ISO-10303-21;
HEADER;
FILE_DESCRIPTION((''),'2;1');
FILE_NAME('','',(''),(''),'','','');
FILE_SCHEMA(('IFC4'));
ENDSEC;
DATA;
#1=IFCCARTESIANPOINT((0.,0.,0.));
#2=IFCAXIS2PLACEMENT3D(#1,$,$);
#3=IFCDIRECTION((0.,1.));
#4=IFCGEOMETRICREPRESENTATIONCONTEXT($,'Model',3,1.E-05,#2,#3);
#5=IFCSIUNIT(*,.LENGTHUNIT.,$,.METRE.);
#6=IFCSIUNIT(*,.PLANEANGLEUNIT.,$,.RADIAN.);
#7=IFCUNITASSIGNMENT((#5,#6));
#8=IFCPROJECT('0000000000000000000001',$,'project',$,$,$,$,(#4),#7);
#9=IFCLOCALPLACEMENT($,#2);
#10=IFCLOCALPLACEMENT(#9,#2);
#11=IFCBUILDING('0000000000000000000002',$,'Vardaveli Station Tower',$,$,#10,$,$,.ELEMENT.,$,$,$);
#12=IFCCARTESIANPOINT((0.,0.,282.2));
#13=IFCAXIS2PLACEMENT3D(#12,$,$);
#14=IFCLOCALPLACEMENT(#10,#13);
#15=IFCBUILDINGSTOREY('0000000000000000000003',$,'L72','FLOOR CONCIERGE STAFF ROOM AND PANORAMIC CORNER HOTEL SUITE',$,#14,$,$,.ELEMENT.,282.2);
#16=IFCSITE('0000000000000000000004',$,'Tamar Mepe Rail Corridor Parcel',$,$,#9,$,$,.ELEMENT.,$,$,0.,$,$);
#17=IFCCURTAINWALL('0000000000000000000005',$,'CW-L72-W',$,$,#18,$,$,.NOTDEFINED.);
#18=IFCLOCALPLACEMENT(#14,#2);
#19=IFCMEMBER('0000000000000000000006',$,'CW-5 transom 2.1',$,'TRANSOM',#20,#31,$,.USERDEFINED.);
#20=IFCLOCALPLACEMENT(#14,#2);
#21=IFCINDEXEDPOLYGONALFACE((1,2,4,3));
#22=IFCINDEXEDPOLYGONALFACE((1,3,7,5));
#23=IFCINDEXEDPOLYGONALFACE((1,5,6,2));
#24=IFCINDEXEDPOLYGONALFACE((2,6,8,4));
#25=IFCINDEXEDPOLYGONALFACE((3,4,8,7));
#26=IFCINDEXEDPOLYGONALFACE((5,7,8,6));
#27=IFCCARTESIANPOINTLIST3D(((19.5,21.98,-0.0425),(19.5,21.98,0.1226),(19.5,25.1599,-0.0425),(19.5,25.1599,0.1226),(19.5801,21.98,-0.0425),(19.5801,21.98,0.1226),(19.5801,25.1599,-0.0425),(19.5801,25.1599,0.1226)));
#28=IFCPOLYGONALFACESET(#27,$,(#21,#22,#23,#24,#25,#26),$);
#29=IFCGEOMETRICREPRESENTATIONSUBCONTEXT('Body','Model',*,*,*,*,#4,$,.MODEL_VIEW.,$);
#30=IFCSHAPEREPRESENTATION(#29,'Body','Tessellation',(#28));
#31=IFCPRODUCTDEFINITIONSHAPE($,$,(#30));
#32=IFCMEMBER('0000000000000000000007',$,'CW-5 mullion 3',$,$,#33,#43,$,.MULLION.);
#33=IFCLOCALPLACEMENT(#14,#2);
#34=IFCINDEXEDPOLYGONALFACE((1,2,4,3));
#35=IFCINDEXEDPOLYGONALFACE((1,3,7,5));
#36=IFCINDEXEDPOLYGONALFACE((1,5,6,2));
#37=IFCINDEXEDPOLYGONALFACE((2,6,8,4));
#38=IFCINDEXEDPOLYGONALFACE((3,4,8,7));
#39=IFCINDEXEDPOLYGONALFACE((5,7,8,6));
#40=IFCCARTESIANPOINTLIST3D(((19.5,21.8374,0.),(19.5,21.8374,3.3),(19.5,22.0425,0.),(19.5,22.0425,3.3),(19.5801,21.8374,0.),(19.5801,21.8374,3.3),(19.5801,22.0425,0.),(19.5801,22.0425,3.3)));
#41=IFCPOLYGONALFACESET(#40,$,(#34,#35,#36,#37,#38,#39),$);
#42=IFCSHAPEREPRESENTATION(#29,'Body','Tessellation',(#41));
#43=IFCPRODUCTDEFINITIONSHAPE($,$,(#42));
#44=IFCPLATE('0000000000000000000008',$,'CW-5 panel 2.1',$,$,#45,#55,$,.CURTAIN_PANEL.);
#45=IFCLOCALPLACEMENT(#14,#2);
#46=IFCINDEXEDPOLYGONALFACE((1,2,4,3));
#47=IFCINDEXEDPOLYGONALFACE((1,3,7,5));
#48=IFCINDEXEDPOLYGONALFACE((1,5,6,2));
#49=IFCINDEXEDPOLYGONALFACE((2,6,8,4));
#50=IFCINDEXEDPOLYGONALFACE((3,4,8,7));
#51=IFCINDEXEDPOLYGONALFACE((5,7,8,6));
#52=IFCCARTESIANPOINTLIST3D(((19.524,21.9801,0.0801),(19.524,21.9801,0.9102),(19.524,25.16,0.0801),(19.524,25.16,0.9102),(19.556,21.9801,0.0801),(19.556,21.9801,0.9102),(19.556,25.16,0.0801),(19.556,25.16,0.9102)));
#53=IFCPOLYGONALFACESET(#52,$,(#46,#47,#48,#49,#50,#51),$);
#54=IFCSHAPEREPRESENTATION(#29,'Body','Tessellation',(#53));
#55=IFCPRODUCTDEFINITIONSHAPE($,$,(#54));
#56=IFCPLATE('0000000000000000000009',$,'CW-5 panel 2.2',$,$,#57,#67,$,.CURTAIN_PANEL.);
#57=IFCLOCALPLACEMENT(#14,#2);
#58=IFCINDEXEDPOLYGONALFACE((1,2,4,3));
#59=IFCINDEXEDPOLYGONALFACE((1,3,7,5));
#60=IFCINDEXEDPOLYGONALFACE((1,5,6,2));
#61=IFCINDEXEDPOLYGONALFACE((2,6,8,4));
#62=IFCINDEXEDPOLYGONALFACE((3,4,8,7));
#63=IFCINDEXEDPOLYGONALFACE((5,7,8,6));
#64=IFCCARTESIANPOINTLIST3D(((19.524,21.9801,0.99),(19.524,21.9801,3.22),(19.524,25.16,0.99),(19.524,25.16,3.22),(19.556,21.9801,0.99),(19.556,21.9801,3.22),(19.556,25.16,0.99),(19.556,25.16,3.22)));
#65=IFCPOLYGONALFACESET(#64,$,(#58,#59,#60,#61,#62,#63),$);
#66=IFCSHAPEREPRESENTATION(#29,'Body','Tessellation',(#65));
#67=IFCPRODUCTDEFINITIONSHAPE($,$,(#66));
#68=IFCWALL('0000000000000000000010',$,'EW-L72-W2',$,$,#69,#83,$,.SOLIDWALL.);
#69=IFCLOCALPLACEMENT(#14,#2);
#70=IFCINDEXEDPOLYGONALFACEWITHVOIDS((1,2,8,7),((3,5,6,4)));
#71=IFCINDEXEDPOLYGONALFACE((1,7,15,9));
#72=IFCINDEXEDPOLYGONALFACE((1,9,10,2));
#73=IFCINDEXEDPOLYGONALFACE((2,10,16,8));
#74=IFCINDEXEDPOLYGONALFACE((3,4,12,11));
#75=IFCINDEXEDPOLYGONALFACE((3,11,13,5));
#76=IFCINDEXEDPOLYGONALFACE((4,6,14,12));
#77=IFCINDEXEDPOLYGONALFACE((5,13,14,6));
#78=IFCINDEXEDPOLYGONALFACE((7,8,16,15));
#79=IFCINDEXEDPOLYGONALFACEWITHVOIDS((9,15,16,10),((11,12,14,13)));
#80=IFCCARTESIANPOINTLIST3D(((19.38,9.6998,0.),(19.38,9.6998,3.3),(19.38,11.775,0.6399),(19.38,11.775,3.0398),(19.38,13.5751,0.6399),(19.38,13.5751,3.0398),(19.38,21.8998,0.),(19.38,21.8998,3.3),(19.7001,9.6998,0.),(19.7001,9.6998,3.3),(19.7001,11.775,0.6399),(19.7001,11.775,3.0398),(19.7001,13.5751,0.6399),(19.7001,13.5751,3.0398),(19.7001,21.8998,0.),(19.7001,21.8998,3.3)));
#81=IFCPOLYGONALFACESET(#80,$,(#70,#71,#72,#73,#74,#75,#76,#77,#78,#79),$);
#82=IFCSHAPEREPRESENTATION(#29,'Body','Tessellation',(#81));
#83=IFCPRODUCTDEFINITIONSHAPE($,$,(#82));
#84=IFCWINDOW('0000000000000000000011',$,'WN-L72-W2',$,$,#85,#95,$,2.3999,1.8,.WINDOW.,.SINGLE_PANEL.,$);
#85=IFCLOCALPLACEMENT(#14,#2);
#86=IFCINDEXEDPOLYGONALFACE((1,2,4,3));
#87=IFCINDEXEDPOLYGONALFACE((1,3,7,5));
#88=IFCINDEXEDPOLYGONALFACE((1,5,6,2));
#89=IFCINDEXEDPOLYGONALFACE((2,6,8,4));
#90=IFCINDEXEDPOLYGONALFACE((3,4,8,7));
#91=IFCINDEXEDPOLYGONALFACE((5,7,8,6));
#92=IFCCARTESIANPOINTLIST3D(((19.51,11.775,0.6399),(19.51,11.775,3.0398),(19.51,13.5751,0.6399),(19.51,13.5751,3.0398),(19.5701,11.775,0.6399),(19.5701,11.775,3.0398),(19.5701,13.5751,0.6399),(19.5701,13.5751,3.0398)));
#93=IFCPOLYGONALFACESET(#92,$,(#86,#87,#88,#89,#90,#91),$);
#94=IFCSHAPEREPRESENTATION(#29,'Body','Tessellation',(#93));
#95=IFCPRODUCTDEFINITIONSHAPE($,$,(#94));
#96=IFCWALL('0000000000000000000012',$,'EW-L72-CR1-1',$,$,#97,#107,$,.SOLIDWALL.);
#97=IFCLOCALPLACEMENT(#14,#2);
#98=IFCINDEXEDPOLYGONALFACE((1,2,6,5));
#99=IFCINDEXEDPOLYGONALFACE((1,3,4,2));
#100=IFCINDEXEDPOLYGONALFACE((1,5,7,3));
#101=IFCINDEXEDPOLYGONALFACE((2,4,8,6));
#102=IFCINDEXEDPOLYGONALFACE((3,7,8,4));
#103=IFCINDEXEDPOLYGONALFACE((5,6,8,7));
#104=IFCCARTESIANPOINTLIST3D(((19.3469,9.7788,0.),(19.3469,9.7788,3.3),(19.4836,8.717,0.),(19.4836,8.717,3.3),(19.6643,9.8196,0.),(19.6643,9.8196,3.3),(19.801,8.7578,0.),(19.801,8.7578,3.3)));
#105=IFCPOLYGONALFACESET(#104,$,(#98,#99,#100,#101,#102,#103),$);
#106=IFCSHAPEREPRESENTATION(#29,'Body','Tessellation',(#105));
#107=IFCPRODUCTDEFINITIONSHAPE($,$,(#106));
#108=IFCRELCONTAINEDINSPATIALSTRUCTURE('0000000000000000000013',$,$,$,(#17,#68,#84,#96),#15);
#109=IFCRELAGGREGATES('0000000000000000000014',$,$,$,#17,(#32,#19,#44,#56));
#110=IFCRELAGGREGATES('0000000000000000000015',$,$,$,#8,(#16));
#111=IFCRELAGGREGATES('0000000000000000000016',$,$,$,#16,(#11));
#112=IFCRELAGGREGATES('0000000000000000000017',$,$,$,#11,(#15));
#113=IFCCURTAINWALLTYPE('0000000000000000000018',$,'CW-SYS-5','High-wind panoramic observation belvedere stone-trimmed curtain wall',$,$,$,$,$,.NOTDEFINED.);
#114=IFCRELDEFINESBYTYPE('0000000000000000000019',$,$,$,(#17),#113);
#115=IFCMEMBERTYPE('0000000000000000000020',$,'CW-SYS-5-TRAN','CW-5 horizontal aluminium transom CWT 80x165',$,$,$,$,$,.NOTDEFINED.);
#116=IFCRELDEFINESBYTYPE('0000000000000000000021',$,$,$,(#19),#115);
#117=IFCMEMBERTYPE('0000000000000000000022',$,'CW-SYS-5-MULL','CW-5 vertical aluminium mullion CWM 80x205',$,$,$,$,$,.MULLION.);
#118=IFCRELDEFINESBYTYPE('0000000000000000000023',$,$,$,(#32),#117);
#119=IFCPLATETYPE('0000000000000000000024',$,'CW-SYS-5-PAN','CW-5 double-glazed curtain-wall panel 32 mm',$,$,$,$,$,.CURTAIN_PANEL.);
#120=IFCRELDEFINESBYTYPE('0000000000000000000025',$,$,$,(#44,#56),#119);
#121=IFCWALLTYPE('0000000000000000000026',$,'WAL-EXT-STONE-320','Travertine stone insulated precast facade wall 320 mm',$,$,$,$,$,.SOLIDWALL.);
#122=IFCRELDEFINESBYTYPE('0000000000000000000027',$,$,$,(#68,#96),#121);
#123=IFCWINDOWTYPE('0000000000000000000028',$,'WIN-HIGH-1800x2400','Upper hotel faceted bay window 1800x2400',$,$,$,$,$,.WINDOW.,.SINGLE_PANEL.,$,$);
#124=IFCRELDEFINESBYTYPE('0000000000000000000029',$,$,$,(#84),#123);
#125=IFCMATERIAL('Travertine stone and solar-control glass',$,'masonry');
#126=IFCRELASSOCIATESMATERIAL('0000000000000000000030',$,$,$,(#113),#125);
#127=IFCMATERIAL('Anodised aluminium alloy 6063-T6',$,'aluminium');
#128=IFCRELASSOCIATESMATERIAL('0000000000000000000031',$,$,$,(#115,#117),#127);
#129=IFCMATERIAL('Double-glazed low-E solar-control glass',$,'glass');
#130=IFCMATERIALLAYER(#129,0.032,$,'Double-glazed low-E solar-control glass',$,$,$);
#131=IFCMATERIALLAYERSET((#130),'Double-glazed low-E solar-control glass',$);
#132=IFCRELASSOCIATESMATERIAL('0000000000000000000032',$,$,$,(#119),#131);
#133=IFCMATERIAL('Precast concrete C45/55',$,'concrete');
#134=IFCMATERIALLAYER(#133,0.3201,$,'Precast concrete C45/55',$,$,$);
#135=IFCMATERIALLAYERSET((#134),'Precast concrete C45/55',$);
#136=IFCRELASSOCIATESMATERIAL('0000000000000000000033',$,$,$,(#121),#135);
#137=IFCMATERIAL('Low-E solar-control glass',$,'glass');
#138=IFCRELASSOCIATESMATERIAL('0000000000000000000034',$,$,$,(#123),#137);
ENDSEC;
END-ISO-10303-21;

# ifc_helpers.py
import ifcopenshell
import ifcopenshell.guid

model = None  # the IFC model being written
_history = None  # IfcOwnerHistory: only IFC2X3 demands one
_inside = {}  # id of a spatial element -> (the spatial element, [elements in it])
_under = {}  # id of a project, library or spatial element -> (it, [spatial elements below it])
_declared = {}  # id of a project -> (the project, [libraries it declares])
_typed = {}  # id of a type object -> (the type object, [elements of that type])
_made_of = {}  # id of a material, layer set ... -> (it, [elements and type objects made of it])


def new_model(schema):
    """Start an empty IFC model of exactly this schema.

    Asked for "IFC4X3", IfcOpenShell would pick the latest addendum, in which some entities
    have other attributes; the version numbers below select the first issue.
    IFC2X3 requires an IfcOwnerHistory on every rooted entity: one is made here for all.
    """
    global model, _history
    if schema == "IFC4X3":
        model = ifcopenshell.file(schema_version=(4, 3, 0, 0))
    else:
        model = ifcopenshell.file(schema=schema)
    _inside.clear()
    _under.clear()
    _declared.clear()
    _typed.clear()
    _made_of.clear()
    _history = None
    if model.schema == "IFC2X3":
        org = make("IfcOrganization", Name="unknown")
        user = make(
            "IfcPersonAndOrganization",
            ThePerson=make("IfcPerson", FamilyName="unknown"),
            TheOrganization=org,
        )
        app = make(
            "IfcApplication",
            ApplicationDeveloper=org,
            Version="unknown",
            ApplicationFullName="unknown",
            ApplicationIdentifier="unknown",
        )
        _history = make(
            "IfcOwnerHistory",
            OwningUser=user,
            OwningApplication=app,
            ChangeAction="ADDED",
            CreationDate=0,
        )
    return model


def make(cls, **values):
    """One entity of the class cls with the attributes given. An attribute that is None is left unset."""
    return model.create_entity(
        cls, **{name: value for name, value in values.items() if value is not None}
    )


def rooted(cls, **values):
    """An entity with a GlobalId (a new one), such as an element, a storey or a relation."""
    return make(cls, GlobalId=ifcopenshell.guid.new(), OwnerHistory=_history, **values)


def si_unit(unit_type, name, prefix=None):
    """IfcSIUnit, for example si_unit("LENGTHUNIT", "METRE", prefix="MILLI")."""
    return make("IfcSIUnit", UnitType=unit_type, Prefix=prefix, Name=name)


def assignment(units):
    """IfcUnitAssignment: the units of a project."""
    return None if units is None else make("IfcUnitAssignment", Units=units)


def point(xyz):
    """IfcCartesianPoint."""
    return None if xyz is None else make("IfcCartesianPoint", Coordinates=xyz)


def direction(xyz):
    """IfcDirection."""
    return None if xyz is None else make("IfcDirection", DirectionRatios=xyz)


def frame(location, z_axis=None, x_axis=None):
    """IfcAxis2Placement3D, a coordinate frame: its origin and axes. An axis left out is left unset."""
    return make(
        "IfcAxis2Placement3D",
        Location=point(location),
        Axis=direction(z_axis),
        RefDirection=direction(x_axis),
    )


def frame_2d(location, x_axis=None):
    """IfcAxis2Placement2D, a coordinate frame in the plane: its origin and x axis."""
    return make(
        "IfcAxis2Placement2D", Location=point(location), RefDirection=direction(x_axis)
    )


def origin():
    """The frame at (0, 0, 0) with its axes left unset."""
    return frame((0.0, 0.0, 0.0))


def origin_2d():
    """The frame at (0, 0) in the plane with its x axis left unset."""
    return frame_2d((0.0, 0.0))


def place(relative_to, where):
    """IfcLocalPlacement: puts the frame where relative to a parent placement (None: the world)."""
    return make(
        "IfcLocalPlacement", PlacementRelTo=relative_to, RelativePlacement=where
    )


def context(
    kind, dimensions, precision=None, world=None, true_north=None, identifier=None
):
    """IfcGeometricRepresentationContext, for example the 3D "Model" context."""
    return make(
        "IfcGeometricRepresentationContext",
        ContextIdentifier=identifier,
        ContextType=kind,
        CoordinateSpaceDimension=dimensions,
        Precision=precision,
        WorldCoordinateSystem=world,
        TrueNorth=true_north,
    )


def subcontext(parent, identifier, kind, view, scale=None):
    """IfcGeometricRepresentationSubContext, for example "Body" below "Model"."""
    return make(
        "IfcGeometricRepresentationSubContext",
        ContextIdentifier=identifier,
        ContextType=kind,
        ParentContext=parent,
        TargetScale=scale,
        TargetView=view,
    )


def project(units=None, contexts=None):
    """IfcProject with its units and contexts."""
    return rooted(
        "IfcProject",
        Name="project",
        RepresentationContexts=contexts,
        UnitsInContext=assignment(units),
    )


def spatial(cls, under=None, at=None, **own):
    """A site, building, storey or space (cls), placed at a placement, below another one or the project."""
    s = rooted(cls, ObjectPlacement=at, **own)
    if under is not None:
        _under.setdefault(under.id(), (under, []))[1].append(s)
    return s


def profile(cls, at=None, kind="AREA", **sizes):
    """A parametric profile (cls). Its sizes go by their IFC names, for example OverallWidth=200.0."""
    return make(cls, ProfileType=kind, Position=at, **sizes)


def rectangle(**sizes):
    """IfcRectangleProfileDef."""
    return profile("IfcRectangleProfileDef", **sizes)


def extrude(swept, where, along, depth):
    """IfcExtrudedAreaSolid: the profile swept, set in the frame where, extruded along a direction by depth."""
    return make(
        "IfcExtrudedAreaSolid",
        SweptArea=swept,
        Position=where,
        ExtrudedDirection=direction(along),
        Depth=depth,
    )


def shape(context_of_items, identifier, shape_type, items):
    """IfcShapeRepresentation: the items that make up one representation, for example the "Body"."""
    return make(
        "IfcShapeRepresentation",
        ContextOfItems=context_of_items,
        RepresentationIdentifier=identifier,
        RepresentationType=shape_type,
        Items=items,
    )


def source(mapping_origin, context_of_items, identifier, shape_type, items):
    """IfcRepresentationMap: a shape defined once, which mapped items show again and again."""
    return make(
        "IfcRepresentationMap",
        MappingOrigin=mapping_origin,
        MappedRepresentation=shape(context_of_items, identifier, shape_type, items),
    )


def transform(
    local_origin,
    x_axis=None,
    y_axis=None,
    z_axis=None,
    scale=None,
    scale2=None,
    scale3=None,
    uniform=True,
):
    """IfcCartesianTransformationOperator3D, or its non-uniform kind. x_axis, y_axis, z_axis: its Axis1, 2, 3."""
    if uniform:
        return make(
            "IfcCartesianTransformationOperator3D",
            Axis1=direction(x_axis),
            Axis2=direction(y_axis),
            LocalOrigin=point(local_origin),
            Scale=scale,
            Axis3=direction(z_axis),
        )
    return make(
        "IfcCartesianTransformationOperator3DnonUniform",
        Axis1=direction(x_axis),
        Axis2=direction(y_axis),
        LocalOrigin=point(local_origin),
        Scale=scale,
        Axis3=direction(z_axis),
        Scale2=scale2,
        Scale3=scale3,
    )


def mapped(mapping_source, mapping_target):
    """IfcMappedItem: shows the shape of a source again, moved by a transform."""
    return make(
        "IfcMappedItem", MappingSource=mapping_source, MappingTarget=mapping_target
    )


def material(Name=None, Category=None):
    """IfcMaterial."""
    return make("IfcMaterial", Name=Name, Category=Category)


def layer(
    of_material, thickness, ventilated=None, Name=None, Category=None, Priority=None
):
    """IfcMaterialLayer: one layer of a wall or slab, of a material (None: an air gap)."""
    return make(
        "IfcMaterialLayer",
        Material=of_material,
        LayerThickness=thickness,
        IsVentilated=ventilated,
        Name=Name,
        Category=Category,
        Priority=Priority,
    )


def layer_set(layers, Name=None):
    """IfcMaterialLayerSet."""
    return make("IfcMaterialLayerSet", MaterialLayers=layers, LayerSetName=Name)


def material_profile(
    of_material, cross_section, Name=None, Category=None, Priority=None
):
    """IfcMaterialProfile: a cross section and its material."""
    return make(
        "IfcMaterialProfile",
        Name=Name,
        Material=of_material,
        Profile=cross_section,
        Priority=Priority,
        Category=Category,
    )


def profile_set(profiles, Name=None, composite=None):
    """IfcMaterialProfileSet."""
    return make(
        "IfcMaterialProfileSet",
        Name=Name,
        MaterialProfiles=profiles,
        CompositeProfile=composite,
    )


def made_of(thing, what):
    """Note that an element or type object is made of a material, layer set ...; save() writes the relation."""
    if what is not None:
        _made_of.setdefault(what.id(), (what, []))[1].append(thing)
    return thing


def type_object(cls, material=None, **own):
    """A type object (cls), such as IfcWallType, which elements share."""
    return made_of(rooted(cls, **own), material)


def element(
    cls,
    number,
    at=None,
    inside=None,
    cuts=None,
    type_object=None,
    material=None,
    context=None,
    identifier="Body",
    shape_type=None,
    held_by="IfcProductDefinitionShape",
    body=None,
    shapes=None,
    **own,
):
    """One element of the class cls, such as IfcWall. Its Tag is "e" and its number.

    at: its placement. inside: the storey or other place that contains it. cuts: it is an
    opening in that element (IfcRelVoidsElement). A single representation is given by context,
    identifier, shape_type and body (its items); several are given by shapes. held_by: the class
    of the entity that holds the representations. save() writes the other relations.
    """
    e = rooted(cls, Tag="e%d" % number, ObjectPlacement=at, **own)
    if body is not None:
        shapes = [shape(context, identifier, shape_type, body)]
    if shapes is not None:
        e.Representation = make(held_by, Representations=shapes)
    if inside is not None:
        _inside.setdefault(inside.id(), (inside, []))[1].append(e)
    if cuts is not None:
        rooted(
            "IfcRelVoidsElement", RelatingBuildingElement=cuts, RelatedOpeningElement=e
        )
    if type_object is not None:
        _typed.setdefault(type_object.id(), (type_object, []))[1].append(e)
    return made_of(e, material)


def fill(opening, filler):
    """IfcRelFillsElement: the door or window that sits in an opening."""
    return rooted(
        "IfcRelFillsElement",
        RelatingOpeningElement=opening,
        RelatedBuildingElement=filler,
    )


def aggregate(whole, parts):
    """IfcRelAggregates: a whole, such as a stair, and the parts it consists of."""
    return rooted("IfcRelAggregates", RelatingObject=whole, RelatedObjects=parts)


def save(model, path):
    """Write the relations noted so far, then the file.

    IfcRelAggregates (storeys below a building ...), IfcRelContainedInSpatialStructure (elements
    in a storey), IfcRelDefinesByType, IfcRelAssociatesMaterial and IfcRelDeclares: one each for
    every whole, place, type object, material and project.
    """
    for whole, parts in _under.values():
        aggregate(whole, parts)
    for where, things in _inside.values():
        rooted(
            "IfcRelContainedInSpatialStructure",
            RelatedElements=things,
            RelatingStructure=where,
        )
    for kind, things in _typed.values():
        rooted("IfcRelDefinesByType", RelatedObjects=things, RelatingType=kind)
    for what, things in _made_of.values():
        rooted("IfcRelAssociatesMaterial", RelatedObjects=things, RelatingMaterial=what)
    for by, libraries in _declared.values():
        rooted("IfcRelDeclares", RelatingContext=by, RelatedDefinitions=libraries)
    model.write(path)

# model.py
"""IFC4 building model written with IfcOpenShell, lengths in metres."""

from ifc_helpers import new_model, si_unit, direction, frame, frame_2d, origin, origin_2d, place, context, subcontext, project, spatial, rectangle, extrude, source, transform, mapped, material, layer, layer_set, material_profile, profile_set, type_object, element, fill, aggregate, save


model = new_model("IFC4")

# Units and contexts
model_context = context("Model", 3, precision=1e-05, world=origin(), true_north=direction((0.0, 1.0)))
body_context = subcontext(model_context, "Body", "Model", "MODEL_VIEW")
ifc_project = project(units=[si_unit("LENGTHUNIT", "METRE"), si_unit("PLANEANGLEUNIT", "RADIAN")], contexts=[model_context])

# Site, building, storey
site_placement = place(None, origin())
site = spatial("IfcSite", under=ifc_project, at=site_placement, Name="Tamar Mepe Rail Corridor Parcel", CompositionType="ELEMENT", RefElevation=0.0)
building_placement = place(site_placement, origin())
building = spatial("IfcBuilding", under=site, at=building_placement, Name="Vardaveli Station Tower", CompositionType="ELEMENT")
storey_placement = place(building_placement, frame((0.0, 0.0, 282.2)))
storey = spatial("IfcBuildingStorey", under=building, at=storey_placement, Name="L72", Description="FLOOR CONCIERGE STAFF ROOM AND PANORAMIC CORNER HOTEL SUITE", CompositionType="ELEMENT", Elevation=282.2)

# Curtain wall, members, plates
ifc_material_1 = material(Name="Travertine stone and solar-control glass", Category="masonry")
curtain_wall_type = type_object("IfcCurtainWallType", Name="CW-SYS-5", Description="High-wind panoramic observation belvedere stone-trimmed curtain wall", PredefinedType="NOTDEFINED", material=ifc_material_1)
curtain_wall_placement = place(storey_placement, origin())
curtain_wall = element("IfcCurtainWall", 1, at=curtain_wall_placement, inside=storey, type_object=curtain_wall_type, Name="CW-L72-W", PredefinedType="NOTDEFINED")
ifc_material_2 = material(Name="Anodised aluminium alloy 6063-T6", Category="aluminium")
ifc_material_profile_1 = material_profile(ifc_material_2, rectangle(XDim=0.0801, YDim=0.165, at=origin_2d()), Name="CWT 80x165")
ifc_profile_set_1 = profile_set([ifc_material_profile_1], Name="Anodised aluminium alloy 6063-T6")
member_type_1 = type_object("IfcMemberType", Name="CW-SYS-5-TRAN", Description="CW-5 horizontal aluminium transom CWT 80x165", PredefinedType="NOTDEFINED", material=ifc_profile_set_1)
shared_shape_1 = source(origin(), body_context, "Body", "SweptSolid", [
    extrude(rectangle(XDim=0.0801, YDim=0.165, at=origin_2d()), origin(), (0.0, 0.0, 1.0), 3.1799),
])
member_1_placement = place(storey_placement, frame((19.54, 25.1599, 0.04), z_axis=(0.0, -1.0, 0.0), x_axis=(1.0, 0.0, 0.0)))
member_1 = element("IfcMember", 2, at=member_1_placement, type_object=member_type_1, Name="CW-5 transom 2.1", ObjectType="TRANSOM", PredefinedType="USERDEFINED", context=body_context, shape_type="MappedRepresentation", body=[
    mapped(shared_shape_1, transform((0.0, 0.0, 0.0), scale=1.0)),
])
ifc_material_profile_2 = material_profile(ifc_material_2, rectangle(XDim=0.0801, YDim=0.2051, at=origin_2d()), Name="CWM 80x205")
ifc_profile_set_2 = profile_set([ifc_material_profile_2], Name="Anodised aluminium alloy 6063-T6")
member_type_2 = type_object("IfcMemberType", Name="CW-SYS-5-MULL", Description="CW-5 vertical aluminium mullion CWM 80x205", PredefinedType="MULLION", material=ifc_profile_set_2)
shared_shape_2 = source(origin(), body_context, "Body", "SweptSolid", [
    extrude(rectangle(XDim=0.0801, YDim=0.2051, at=origin_2d()), origin(), (0.0, 0.0, 1.0), 3.3),
])
member_2_placement = place(storey_placement, frame((19.54, 21.9399, 0.0), z_axis=(0.0, 0.0, 1.0), x_axis=(1.0, 0.0, 0.0)))
member_2 = element("IfcMember", 3, at=member_2_placement, type_object=member_type_2, Name="CW-5 mullion 3", PredefinedType="MULLION", context=body_context, shape_type="MappedRepresentation", body=[
    mapped(shared_shape_2, transform((0.0, 0.0, 0.0), scale=1.0)),
])
ifc_material_3 = material(Name="Double-glazed low-E solar-control glass", Category="glass")
ifc_layer_1 = layer(ifc_material_3, 0.032, Name="Double-glazed low-E solar-control glass")
ifc_layer_set_1 = layer_set([ifc_layer_1], Name="Double-glazed low-E solar-control glass")
plate_type = type_object("IfcPlateType", Name="CW-SYS-5-PAN", Description="CW-5 double-glazed curtain-wall panel 32 mm", PredefinedType="CURTAIN_PANEL", material=ifc_layer_set_1)
shared_shape_3 = source(origin(), body_context, "Body", "SweptSolid", [
    extrude(rectangle(XDim=3.1799, YDim=0.032, at=origin_2d()), origin(), (0.0, 0.0, 1.0), 0.8301),
])
plate_1_placement = place(storey_placement, frame((19.54, 23.5701, 0.0801), z_axis=(0.0, 0.0, 1.0), x_axis=(0.0, -1.0, 0.0)))
plate_1 = element("IfcPlate", 4, at=plate_1_placement, type_object=plate_type, Name="CW-5 panel 2.1", PredefinedType="CURTAIN_PANEL", context=body_context, shape_type="MappedRepresentation", body=[
    mapped(shared_shape_3, transform((0.0, 0.0, 0.0), scale=1.0)),
])
shared_shape_4 = source(origin(), body_context, "Body", "SweptSolid", [
    extrude(rectangle(XDim=3.1799, YDim=0.032, at=origin_2d()), origin(), (0.0, 0.0, 1.0), 2.23),
])
plate_2_placement = place(storey_placement, frame((19.54, 23.5701, 0.99), z_axis=(0.0, 0.0, 1.0), x_axis=(0.0, -1.0, 0.0)))
plate_2 = element("IfcPlate", 5, at=plate_2_placement, type_object=plate_type, Name="CW-5 panel 2.2", PredefinedType="CURTAIN_PANEL", context=body_context, shape_type="MappedRepresentation", body=[
    mapped(shared_shape_4, transform((0.0, 0.0, 0.0), scale=1.0)),
])
aggregate(curtain_wall, [member_2, member_1, plate_1, plate_2])

# Wall, opening, window
ifc_material_4 = material(Name="Precast concrete C45/55", Category="concrete")
ifc_layer_2 = layer(ifc_material_4, 0.3201, Name="Precast concrete C45/55")
ifc_layer_set_2 = layer_set([ifc_layer_2], Name="Precast concrete C45/55")
wall_type_1 = type_object("IfcWallType", Name="WAL-EXT-STONE-320", Description="Travertine stone insulated precast facade wall 320 mm", PredefinedType="SOLIDWALL", material=ifc_layer_set_2)
shared_shape_5 = source(origin(), body_context, "Body", "SweptSolid", [
    extrude(rectangle(XDim=12.2, YDim=0.3201, at=frame_2d((6.1001, 0.0))), origin(), (0.0, 0.0, 1.0), 3.3),
])
wall_1_placement = place(storey_placement, frame((19.54, 21.8999, 0.0), z_axis=(0.0, 0.0, 1.0), x_axis=(0.0, -1.0, 0.0)))
wall_1 = element("IfcWall", 6, at=wall_1_placement, inside=storey, type_object=wall_type_1, Name="EW-L72-W2", PredefinedType="SOLIDWALL", context=body_context, shape_type="MappedRepresentation", body=[
    mapped(shared_shape_5, transform((0.0, 0.0, 0.0), scale=1.0)),
])
shared_shape_6 = source(origin(), body_context, "Body", "SweptSolid", [
    extrude(rectangle(XDim=1.8, YDim=2.3999, at=frame_2d((0.8999, 1.2))), frame((0.0, 0.1699, 0.0), z_axis=(0.0, -1.0, 0.0), x_axis=(1.0, 0.0, 0.0)), (0.0, 0.0, 1.0), 0.3401),
])
opening_1_placement = place(wall_1_placement, frame((8.325, 0.0, 0.6399)))
opening_1 = element("IfcOpeningElement", 7, at=opening_1_placement, cuts=wall_1, PredefinedType="OPENING", context=body_context, shape_type="MappedRepresentation", body=[
    mapped(shared_shape_6, transform((0.0, 0.0, 0.0), scale=1.0)),
])
ifc_material_5 = material(Name="Low-E solar-control glass", Category="glass")
window_type = type_object("IfcWindowType", Name="WIN-HIGH-1800x2400", Description="Upper hotel faceted bay window 1800x2400", PartitioningType="SINGLE_PANEL", PredefinedType="WINDOW", material=ifc_material_5)
shared_shape_7 = source(origin(), body_context, "Body", "SweptSolid", [
    extrude(rectangle(XDim=1.8, YDim=2.3999, at=frame_2d((0.8999, 1.2))), frame((0.0, 0.03, 0.0), z_axis=(0.0, -1.0, 0.0), x_axis=(1.0, 0.0, 0.0)), (0.0, 0.0, 1.0), 0.0601),
])
window_placement = place(opening_1_placement, origin())
window = element("IfcWindow", 8, at=window_placement, inside=storey, type_object=window_type, Name="WN-L72-W2", OverallHeight=2.3999, OverallWidth=1.8, PartitioningType="SINGLE_PANEL", PredefinedType="WINDOW", context=body_context, shape_type="MappedRepresentation", body=[
    mapped(shared_shape_7, transform((0.0, 0.0, 0.0), scale=1.0)),
])
fill(opening_1, window)

# Wall
shared_shape_8 = source(origin(), body_context, "Body", "SweptSolid", [
    extrude(rectangle(XDim=1.0706, YDim=0.3201, at=frame_2d((0.5352, 0.0))), origin(), (0.0, 0.0, 1.0), 3.3),
])
wall_2_placement = place(storey_placement, frame((19.5056, 9.7991, 0.0), z_axis=(0.0, 0.0, 1.0), x_axis=(0.127711, -0.991811, 0.0)))
element("IfcWall", 9, at=wall_2_placement, inside=storey, type_object=wall_type_1, Name="EW-L72-CR1-1", PredefinedType="SOLIDWALL", context=body_context, shape_type="MappedRepresentation", body=[
    mapped(shared_shape_8, transform((0.0, 0.0, 0.0), scale=1.0)),
])

save(model, "model.ifc")
